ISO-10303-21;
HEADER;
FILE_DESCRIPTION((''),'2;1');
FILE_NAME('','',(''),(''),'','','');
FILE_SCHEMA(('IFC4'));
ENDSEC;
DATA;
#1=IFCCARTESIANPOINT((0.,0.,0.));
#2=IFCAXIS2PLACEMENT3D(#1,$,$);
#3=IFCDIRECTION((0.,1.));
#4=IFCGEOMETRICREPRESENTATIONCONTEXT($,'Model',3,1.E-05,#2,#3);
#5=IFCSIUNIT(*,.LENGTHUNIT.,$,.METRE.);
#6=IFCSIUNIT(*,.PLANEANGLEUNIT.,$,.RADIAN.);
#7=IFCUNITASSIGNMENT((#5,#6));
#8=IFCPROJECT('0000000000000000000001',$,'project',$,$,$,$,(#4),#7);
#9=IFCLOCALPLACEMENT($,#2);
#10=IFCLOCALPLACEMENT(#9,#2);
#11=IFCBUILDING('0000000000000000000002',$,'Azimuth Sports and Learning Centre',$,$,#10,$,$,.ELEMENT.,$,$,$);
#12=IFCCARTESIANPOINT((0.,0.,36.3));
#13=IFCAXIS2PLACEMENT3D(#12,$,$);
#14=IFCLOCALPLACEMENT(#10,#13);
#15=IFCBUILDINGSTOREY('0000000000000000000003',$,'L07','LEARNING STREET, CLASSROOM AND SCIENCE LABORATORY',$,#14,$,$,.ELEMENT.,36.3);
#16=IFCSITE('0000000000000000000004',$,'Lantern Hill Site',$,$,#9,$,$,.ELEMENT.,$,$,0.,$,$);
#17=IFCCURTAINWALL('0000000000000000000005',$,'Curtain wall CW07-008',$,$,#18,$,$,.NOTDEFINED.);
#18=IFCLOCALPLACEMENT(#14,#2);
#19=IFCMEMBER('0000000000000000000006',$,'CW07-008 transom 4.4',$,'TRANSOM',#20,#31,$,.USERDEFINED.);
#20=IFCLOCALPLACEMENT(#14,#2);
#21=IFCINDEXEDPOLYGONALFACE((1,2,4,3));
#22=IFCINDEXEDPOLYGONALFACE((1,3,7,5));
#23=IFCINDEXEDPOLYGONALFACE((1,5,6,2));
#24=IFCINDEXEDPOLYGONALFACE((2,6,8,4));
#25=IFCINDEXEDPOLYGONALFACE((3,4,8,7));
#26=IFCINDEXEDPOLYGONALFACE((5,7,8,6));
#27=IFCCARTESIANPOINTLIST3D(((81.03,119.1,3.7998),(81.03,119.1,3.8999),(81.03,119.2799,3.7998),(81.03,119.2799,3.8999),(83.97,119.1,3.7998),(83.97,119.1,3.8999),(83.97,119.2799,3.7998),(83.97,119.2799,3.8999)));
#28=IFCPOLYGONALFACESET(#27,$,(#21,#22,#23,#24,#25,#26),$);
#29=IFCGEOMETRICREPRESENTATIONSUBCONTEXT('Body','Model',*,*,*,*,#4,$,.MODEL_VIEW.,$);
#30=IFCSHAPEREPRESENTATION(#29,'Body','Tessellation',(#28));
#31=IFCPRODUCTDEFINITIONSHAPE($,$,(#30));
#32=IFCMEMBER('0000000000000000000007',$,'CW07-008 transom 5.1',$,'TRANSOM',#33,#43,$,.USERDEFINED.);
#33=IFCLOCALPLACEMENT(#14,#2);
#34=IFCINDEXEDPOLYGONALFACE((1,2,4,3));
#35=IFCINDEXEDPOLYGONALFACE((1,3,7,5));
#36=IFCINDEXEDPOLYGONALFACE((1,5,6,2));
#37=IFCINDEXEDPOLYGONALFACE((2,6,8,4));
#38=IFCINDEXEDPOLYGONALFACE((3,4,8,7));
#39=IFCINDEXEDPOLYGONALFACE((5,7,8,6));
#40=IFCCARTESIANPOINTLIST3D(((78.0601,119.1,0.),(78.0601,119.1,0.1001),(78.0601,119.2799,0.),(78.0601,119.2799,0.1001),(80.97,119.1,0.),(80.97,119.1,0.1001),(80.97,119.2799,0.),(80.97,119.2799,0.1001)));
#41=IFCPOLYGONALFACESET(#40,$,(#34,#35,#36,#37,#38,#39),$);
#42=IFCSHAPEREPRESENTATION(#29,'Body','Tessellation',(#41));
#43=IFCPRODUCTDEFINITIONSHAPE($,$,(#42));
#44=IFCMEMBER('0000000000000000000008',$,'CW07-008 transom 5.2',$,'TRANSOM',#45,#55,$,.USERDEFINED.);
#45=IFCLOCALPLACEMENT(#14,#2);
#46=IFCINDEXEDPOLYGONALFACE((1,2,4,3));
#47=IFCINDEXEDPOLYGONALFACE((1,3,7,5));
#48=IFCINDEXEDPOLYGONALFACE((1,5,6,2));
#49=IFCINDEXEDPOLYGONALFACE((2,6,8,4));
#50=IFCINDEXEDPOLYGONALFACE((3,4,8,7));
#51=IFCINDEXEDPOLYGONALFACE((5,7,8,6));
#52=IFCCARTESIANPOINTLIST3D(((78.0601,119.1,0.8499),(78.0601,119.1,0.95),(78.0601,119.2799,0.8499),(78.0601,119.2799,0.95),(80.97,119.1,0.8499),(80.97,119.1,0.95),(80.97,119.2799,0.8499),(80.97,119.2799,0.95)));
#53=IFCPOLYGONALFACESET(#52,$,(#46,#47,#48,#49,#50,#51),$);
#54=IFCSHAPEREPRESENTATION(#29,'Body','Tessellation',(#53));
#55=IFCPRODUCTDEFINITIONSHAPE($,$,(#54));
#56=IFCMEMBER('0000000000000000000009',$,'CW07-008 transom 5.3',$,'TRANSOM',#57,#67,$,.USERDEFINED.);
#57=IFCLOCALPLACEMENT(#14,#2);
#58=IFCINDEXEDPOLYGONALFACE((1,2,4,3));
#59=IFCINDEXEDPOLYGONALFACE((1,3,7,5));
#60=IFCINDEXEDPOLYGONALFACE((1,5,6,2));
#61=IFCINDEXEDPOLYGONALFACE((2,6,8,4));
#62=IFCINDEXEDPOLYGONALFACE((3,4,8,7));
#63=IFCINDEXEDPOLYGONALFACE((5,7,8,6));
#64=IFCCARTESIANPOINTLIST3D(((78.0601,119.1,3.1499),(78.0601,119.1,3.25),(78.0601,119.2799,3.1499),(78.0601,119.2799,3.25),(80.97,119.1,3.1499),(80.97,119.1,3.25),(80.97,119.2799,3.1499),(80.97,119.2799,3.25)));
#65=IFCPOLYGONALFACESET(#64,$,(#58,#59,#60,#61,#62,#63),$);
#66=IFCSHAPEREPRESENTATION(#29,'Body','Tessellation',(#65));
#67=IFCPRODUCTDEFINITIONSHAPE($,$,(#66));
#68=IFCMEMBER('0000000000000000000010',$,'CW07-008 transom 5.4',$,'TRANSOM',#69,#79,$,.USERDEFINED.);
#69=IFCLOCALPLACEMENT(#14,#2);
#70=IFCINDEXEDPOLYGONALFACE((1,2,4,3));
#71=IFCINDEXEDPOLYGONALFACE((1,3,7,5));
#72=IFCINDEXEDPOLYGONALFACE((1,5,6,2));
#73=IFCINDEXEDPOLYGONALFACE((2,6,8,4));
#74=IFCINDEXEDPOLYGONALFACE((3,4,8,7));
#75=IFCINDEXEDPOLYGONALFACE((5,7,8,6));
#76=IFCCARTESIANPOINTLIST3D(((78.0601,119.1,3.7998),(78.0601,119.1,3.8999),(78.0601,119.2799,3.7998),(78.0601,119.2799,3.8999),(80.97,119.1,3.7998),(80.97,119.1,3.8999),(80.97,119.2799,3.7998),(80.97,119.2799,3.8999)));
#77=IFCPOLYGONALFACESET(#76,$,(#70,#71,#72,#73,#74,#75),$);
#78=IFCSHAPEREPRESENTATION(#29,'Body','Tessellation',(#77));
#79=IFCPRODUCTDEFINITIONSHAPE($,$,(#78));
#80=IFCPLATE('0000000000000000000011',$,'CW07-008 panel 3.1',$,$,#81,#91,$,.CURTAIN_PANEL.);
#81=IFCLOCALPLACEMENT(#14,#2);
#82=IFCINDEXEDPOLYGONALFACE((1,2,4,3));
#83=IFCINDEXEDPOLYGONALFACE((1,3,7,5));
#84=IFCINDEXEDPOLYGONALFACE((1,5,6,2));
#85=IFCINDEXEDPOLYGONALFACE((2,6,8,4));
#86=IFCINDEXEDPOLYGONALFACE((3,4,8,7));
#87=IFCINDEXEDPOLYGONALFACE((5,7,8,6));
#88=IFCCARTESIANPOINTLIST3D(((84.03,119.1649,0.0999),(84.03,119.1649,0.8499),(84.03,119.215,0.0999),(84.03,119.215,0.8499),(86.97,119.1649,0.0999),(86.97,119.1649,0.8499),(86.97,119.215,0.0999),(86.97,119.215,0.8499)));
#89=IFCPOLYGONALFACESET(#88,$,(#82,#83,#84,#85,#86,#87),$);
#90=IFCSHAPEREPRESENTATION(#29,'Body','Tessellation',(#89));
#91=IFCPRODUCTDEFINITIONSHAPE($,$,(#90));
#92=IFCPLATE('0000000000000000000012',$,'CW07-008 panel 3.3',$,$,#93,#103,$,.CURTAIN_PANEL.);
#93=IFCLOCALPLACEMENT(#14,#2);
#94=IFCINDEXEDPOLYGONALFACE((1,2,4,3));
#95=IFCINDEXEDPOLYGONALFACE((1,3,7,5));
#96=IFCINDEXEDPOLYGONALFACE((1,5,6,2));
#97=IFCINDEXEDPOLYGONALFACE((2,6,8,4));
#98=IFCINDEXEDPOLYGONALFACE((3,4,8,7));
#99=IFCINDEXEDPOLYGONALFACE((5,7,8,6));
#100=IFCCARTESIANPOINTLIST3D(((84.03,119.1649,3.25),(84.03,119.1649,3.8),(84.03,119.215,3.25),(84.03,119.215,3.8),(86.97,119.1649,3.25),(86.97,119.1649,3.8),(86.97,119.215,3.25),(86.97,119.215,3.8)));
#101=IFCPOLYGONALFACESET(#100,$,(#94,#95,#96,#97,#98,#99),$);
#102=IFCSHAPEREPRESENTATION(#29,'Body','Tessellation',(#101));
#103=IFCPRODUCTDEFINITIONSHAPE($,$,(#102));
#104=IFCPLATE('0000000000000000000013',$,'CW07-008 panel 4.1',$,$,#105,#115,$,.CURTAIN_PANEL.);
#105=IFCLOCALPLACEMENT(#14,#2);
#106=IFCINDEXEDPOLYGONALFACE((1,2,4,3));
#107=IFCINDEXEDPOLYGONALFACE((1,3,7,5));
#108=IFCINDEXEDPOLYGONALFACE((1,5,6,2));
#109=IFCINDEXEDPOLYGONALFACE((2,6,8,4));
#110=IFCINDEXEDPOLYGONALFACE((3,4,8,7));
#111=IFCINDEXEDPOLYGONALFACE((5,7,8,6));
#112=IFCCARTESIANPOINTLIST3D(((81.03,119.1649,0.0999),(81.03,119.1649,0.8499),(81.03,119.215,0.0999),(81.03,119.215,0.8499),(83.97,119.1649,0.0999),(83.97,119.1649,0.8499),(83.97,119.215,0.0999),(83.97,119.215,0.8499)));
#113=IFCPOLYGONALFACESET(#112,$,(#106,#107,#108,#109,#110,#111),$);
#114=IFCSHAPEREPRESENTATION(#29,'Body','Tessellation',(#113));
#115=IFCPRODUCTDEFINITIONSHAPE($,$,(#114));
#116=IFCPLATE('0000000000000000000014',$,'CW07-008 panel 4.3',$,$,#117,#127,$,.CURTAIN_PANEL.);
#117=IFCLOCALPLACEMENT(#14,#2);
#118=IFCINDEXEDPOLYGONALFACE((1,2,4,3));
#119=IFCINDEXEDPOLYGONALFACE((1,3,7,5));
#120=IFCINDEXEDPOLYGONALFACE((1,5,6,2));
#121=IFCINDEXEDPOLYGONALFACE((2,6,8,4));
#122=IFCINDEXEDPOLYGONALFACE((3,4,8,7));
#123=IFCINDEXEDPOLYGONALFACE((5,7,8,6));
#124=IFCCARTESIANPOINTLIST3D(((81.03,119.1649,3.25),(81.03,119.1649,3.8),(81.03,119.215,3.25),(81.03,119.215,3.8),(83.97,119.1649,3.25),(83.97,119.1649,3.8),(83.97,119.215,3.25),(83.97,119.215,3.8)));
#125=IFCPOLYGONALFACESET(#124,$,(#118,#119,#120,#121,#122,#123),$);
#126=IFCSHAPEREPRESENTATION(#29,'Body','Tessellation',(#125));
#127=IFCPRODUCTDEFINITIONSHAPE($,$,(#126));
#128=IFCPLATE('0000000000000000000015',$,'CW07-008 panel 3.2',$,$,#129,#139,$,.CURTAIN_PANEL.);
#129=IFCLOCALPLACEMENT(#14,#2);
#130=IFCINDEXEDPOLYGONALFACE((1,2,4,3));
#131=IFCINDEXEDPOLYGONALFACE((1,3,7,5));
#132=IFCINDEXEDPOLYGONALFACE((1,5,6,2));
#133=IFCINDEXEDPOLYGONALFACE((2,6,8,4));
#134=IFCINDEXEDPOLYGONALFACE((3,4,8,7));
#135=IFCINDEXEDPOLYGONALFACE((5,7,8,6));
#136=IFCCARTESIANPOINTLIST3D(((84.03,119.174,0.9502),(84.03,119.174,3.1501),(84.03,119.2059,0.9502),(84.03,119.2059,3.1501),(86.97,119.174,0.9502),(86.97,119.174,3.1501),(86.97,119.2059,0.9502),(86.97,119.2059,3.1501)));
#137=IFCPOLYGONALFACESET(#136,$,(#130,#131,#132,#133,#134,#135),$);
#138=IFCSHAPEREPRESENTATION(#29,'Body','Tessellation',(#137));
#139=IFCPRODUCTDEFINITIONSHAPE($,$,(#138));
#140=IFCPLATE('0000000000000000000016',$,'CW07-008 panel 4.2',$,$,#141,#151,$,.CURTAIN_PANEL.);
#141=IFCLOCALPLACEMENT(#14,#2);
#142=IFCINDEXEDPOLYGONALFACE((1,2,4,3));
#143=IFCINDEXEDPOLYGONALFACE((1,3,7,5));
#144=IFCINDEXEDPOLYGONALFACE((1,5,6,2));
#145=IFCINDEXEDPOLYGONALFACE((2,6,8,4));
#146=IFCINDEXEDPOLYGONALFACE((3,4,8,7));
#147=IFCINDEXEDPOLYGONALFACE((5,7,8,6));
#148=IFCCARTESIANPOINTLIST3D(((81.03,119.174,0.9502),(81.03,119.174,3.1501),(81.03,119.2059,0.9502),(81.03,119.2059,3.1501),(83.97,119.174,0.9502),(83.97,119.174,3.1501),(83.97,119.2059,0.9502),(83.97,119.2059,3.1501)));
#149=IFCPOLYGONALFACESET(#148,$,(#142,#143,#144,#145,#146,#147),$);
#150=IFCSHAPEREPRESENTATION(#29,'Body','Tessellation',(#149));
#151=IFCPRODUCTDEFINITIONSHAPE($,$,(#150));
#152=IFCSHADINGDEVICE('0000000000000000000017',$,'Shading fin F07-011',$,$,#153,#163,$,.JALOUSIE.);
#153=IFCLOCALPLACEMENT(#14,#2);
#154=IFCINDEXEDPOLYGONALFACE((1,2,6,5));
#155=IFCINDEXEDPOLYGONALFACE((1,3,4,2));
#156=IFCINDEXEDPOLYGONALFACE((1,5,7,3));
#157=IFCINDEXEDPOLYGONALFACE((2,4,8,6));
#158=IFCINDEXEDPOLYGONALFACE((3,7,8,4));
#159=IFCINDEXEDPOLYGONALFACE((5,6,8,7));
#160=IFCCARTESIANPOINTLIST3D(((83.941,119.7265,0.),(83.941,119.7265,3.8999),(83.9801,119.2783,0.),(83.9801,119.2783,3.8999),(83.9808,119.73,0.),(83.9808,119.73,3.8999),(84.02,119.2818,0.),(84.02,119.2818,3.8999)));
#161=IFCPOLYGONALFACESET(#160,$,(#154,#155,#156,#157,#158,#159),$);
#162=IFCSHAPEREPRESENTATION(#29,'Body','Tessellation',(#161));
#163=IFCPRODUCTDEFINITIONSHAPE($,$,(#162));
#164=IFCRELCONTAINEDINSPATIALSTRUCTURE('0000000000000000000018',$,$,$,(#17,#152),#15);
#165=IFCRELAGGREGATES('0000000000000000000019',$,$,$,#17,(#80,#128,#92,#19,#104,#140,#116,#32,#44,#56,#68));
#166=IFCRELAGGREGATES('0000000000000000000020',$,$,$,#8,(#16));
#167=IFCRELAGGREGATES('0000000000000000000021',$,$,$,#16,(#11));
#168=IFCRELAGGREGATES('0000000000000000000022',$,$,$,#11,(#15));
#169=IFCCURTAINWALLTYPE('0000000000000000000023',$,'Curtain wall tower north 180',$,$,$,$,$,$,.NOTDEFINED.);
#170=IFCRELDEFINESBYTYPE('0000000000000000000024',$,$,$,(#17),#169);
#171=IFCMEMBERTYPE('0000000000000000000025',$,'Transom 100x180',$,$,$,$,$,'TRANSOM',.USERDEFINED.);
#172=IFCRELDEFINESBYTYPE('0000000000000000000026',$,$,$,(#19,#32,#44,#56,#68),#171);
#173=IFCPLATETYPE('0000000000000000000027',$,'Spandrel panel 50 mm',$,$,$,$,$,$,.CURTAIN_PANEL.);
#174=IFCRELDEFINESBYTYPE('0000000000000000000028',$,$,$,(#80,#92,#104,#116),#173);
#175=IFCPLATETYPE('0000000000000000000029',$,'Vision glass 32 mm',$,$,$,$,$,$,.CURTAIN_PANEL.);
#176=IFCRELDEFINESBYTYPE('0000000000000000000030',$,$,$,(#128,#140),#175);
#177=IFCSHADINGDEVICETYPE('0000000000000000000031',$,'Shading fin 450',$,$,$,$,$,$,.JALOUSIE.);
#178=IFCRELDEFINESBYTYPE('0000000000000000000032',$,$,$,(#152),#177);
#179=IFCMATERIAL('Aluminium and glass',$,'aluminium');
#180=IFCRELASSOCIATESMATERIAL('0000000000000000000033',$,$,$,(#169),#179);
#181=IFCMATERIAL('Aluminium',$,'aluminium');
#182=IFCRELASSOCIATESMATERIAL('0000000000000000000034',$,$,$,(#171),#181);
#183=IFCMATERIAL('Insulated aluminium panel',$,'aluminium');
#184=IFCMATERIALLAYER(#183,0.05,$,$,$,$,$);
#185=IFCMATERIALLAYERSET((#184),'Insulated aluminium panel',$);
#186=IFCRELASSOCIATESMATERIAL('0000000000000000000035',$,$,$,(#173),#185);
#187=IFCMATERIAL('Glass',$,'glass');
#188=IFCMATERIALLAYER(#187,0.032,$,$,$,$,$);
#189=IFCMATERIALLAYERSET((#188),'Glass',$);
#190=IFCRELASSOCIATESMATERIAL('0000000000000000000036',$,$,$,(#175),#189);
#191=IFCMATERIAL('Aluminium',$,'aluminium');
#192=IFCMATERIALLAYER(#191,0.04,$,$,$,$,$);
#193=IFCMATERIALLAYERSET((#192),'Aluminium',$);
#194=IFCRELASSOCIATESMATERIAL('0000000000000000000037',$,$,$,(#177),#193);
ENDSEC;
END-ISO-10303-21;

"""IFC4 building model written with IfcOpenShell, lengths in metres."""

from ifc_helpers import new_model, si_unit, direction, frame, origin, origin_2d, place, context, subcontext, project, spatial, rectangle, extrude, material, layer, layer_set, material_profile, profile_set, type_object, element, aggregate, save


model = new_model("IFC4")

# Units and contexts
model_context = context("Model", 3, precision=1e-05, world=origin(), true_north=direction((0.0, 1.0)))
body_context = subcontext(model_context, "Body", "Model", "MODEL_VIEW")
ifc_project = project(units=[si_unit("LENGTHUNIT", "METRE"), si_unit("PLANEANGLEUNIT", "RADIAN")], contexts=[model_context])

# Site, building, storey
site_placement = place(None, origin())
site = spatial("IfcSite", under=ifc_project, at=site_placement, Name="Lantern Hill Site", CompositionType="ELEMENT", RefElevation=0.0)
building_placement = place(site_placement, origin())
building = spatial("IfcBuilding", under=site, at=building_placement, Name="Azimuth Sports and Learning Centre", CompositionType="ELEMENT")
storey_placement = place(building_placement, frame((0.0, 0.0, 36.3)))
storey = spatial("IfcBuildingStorey", under=building, at=storey_placement, Name="L07", Description="LEARNING STREET, CLASSROOM AND SCIENCE LABORATORY", CompositionType="ELEMENT", Elevation=36.3)

# Curtain wall, members, plates
ifc_material_1 = material(Name="Aluminium and glass", Category="aluminium")
curtain_wall_type = type_object("IfcCurtainWallType", Name="Curtain wall tower north 180", PredefinedType="NOTDEFINED", material=ifc_material_1)
curtain_wall_placement = place(storey_placement, origin())
curtain_wall = element("IfcCurtainWall", 1, at=curtain_wall_placement, inside=storey, type_object=curtain_wall_type, Name="Curtain wall CW07-008", PredefinedType="NOTDEFINED")
ifc_material_2 = material(Name="Aluminium", Category="aluminium")
ifc_material_profile_1 = material_profile(ifc_material_2, rectangle(XDim=0.1799, YDim=0.1001, at=origin_2d()), Name="Transom 100x180")
ifc_profile_set_1 = profile_set([ifc_material_profile_1], Name="Aluminium")
member_type_1 = type_object("IfcMemberType", Name="Transom 100x180", ElementType="TRANSOM", PredefinedType="USERDEFINED", material=ifc_profile_set_1)
member_1_placement = place(storey_placement, frame((83.97, 119.1899, 3.8499), z_axis=(-1.0, 0.0, 0.0), x_axis=(0.0, -1.0, 0.0)))
member_1 = element("IfcMember", 2, at=member_1_placement, type_object=member_type_1, Name="CW07-008 transom 4.4", ObjectType="TRANSOM", PredefinedType="USERDEFINED", context=body_context, shape_type="SweptSolid", body=[
    extrude(rectangle(XDim=0.1799, YDim=0.1001, at=origin_2d()), origin(), (0.0, 0.0, 1.0), 2.9399),
])
member_2_placement = place(storey_placement, frame((80.97, 119.1899, 0.05), z_axis=(-1.0, 0.0, 0.0), x_axis=(0.0, -1.0, 0.0)))
member_2 = element("IfcMember", 3, at=member_2_placement, type_object=member_type_1, Name="CW07-008 transom 5.1", ObjectType="TRANSOM", PredefinedType="USERDEFINED", context=body_context, shape_type="SweptSolid", body=[
    extrude(rectangle(XDim=0.1799, YDim=0.1001, at=origin_2d()), origin(), (0.0, 0.0, 1.0), 2.9099),
])
member_3_placement = place(storey_placement, frame((80.97, 119.1899, 0.8999), z_axis=(-1.0, 0.0, 0.0), x_axis=(0.0, -1.0, 0.0)))
member_3 = element("IfcMember", 4, at=member_3_placement, type_object=member_type_1, Name="CW07-008 transom 5.2", ObjectType="TRANSOM", PredefinedType="USERDEFINED", context=body_context, shape_type="SweptSolid", body=[
    extrude(rectangle(XDim=0.1799, YDim=0.1001, at=origin_2d()), origin(), (0.0, 0.0, 1.0), 2.9099),
])
member_4_placement = place(storey_placement, frame((80.97, 119.1899, 3.2), z_axis=(-1.0, 0.0, 0.0), x_axis=(0.0, -1.0, 0.0)))
member_4 = element("IfcMember", 5, at=member_4_placement, type_object=member_type_1, Name="CW07-008 transom 5.3", ObjectType="TRANSOM", PredefinedType="USERDEFINED", context=body_context, shape_type="SweptSolid", body=[
    extrude(rectangle(XDim=0.1799, YDim=0.1001, at=origin_2d()), origin(), (0.0, 0.0, 1.0), 2.9099),
])
member_5_placement = place(storey_placement, frame((80.97, 119.1899, 3.8499), z_axis=(-1.0, 0.0, 0.0), x_axis=(0.0, -1.0, 0.0)))
member_5 = element("IfcMember", 6, at=member_5_placement, type_object=member_type_1, Name="CW07-008 transom 5.4", ObjectType="TRANSOM", PredefinedType="USERDEFINED", context=body_context, shape_type="SweptSolid", body=[
    extrude(rectangle(XDim=0.1799, YDim=0.1001, at=origin_2d()), origin(), (0.0, 0.0, 1.0), 2.9099),
])
ifc_material_3 = material(Name="Insulated aluminium panel", Category="aluminium")
ifc_layer_1 = layer(ifc_material_3, 0.05)
ifc_layer_set_1 = layer_set([ifc_layer_1], Name="Insulated aluminium panel")
plate_type_1 = type_object("IfcPlateType", Name="Spandrel panel 50 mm", PredefinedType="CURTAIN_PANEL", material=ifc_layer_set_1)
plate_1_placement = place(storey_placement, frame((85.5, 119.1899, 0.0999), z_axis=(0.0, 0.0, 1.0), x_axis=(-1.0, 0.0, 0.0)))
plate_1 = element("IfcPlate", 7, at=plate_1_placement, type_object=plate_type_1, Name="CW07-008 panel 3.1", PredefinedType="CURTAIN_PANEL", context=body_context, shape_type="SweptSolid", body=[
    extrude(rectangle(XDim=2.9399, YDim=0.05, at=origin_2d()), origin(), (0.0, 0.0, 1.0), 0.75),
])
plate_2_placement = place(storey_placement, frame((85.5, 119.1899, 3.25), z_axis=(0.0, 0.0, 1.0), x_axis=(-1.0, 0.0, 0.0)))
plate_2 = element("IfcPlate", 8, at=plate_2_placement, type_object=plate_type_1, Name="CW07-008 panel 3.3", PredefinedType="CURTAIN_PANEL", context=body_context, shape_type="SweptSolid", body=[
    extrude(rectangle(XDim=2.9399, YDim=0.05, at=origin_2d()), origin(), (0.0, 0.0, 1.0), 0.55),
])
plate_3_placement = place(storey_placement, frame((82.5, 119.1899, 0.0999), z_axis=(0.0, 0.0, 1.0), x_axis=(-1.0, 0.0, 0.0)))
plate_3 = element("IfcPlate", 9, at=plate_3_placement, type_object=plate_type_1, Name="CW07-008 panel 4.1", PredefinedType="CURTAIN_PANEL", context=body_context, shape_type="SweptSolid", body=[
    extrude(rectangle(XDim=2.9399, YDim=0.05, at=origin_2d()), origin(), (0.0, 0.0, 1.0), 0.75),
])
plate_4_placement = place(storey_placement, frame((82.5, 119.1899, 3.25), z_axis=(0.0, 0.0, 1.0), x_axis=(-1.0, 0.0, 0.0)))
plate_4 = element("IfcPlate", 10, at=plate_4_placement, type_object=plate_type_1, Name="CW07-008 panel 4.3", PredefinedType="CURTAIN_PANEL", context=body_context, shape_type="SweptSolid", body=[
    extrude(rectangle(XDim=2.9399, YDim=0.05, at=origin_2d()), origin(), (0.0, 0.0, 1.0), 0.55),
])
ifc_material_4 = material(Name="Glass", Category="glass")
ifc_layer_2 = layer(ifc_material_4, 0.032)
ifc_layer_set_2 = layer_set([ifc_layer_2], Name="Glass")
plate_type_2 = type_object("IfcPlateType", Name="Vision glass 32 mm", PredefinedType="CURTAIN_PANEL", material=ifc_layer_set_2)
plate_5_placement = place(storey_placement, frame((85.5, 119.1899, 0.9502), z_axis=(0.0, 0.0, 1.0), x_axis=(-1.0, 0.0, 0.0)))
plate_5 = element("IfcPlate", 11, at=plate_5_placement, type_object=plate_type_2, Name="CW07-008 panel 3.2", PredefinedType="CURTAIN_PANEL", context=body_context, shape_type="SweptSolid", body=[
    extrude(rectangle(XDim=2.9399, YDim=0.032, at=origin_2d()), origin(), (0.0, 0.0, 1.0), 2.2),
])
plate_6_placement = place(storey_placement, frame((82.5, 119.1899, 0.9502), z_axis=(0.0, 0.0, 1.0), x_axis=(-1.0, 0.0, 0.0)))
plate_6 = element("IfcPlate", 12, at=plate_6_placement, type_object=plate_type_2, Name="CW07-008 panel 4.2", PredefinedType="CURTAIN_PANEL", context=body_context, shape_type="SweptSolid", body=[
    extrude(rectangle(XDim=2.9399, YDim=0.032, at=origin_2d()), origin(), (0.0, 0.0, 1.0), 2.2),
])
aggregate(curtain_wall, [plate_1, plate_5, plate_2, member_1, plate_3, plate_6, plate_4, member_2, member_3, member_4, member_5])

# Shading device
ifc_material_5 = material(Name="Aluminium", Category="aluminium")
ifc_layer_3 = layer(ifc_material_5, 0.04)
ifc_layer_set_3 = layer_set([ifc_layer_3], Name="Aluminium")
shading_device_type = type_object("IfcShadingDeviceType", Name="Shading fin 450", PredefinedType="JALOUSIE", material=ifc_layer_set_3)
shading_device_placement = place(storey_placement, frame((83.9805, 119.5042, 0.0), z_axis=(0.0, 0.0, 1.0), x_axis=(-0.08698, 0.99621, 0.0)))
element("IfcShadingDevice", 13, at=shading_device_placement, inside=storey, type_object=shading_device_type, Name="Shading fin F07-011", PredefinedType="JALOUSIE", context=body_context, shape_type="SweptSolid", body=[
    extrude(rectangle(XDim=0.45, YDim=0.04, at=origin_2d()), origin(), (0.0, 0.0, 1.0), 3.8999),
])

save(model, "model.ifc")
